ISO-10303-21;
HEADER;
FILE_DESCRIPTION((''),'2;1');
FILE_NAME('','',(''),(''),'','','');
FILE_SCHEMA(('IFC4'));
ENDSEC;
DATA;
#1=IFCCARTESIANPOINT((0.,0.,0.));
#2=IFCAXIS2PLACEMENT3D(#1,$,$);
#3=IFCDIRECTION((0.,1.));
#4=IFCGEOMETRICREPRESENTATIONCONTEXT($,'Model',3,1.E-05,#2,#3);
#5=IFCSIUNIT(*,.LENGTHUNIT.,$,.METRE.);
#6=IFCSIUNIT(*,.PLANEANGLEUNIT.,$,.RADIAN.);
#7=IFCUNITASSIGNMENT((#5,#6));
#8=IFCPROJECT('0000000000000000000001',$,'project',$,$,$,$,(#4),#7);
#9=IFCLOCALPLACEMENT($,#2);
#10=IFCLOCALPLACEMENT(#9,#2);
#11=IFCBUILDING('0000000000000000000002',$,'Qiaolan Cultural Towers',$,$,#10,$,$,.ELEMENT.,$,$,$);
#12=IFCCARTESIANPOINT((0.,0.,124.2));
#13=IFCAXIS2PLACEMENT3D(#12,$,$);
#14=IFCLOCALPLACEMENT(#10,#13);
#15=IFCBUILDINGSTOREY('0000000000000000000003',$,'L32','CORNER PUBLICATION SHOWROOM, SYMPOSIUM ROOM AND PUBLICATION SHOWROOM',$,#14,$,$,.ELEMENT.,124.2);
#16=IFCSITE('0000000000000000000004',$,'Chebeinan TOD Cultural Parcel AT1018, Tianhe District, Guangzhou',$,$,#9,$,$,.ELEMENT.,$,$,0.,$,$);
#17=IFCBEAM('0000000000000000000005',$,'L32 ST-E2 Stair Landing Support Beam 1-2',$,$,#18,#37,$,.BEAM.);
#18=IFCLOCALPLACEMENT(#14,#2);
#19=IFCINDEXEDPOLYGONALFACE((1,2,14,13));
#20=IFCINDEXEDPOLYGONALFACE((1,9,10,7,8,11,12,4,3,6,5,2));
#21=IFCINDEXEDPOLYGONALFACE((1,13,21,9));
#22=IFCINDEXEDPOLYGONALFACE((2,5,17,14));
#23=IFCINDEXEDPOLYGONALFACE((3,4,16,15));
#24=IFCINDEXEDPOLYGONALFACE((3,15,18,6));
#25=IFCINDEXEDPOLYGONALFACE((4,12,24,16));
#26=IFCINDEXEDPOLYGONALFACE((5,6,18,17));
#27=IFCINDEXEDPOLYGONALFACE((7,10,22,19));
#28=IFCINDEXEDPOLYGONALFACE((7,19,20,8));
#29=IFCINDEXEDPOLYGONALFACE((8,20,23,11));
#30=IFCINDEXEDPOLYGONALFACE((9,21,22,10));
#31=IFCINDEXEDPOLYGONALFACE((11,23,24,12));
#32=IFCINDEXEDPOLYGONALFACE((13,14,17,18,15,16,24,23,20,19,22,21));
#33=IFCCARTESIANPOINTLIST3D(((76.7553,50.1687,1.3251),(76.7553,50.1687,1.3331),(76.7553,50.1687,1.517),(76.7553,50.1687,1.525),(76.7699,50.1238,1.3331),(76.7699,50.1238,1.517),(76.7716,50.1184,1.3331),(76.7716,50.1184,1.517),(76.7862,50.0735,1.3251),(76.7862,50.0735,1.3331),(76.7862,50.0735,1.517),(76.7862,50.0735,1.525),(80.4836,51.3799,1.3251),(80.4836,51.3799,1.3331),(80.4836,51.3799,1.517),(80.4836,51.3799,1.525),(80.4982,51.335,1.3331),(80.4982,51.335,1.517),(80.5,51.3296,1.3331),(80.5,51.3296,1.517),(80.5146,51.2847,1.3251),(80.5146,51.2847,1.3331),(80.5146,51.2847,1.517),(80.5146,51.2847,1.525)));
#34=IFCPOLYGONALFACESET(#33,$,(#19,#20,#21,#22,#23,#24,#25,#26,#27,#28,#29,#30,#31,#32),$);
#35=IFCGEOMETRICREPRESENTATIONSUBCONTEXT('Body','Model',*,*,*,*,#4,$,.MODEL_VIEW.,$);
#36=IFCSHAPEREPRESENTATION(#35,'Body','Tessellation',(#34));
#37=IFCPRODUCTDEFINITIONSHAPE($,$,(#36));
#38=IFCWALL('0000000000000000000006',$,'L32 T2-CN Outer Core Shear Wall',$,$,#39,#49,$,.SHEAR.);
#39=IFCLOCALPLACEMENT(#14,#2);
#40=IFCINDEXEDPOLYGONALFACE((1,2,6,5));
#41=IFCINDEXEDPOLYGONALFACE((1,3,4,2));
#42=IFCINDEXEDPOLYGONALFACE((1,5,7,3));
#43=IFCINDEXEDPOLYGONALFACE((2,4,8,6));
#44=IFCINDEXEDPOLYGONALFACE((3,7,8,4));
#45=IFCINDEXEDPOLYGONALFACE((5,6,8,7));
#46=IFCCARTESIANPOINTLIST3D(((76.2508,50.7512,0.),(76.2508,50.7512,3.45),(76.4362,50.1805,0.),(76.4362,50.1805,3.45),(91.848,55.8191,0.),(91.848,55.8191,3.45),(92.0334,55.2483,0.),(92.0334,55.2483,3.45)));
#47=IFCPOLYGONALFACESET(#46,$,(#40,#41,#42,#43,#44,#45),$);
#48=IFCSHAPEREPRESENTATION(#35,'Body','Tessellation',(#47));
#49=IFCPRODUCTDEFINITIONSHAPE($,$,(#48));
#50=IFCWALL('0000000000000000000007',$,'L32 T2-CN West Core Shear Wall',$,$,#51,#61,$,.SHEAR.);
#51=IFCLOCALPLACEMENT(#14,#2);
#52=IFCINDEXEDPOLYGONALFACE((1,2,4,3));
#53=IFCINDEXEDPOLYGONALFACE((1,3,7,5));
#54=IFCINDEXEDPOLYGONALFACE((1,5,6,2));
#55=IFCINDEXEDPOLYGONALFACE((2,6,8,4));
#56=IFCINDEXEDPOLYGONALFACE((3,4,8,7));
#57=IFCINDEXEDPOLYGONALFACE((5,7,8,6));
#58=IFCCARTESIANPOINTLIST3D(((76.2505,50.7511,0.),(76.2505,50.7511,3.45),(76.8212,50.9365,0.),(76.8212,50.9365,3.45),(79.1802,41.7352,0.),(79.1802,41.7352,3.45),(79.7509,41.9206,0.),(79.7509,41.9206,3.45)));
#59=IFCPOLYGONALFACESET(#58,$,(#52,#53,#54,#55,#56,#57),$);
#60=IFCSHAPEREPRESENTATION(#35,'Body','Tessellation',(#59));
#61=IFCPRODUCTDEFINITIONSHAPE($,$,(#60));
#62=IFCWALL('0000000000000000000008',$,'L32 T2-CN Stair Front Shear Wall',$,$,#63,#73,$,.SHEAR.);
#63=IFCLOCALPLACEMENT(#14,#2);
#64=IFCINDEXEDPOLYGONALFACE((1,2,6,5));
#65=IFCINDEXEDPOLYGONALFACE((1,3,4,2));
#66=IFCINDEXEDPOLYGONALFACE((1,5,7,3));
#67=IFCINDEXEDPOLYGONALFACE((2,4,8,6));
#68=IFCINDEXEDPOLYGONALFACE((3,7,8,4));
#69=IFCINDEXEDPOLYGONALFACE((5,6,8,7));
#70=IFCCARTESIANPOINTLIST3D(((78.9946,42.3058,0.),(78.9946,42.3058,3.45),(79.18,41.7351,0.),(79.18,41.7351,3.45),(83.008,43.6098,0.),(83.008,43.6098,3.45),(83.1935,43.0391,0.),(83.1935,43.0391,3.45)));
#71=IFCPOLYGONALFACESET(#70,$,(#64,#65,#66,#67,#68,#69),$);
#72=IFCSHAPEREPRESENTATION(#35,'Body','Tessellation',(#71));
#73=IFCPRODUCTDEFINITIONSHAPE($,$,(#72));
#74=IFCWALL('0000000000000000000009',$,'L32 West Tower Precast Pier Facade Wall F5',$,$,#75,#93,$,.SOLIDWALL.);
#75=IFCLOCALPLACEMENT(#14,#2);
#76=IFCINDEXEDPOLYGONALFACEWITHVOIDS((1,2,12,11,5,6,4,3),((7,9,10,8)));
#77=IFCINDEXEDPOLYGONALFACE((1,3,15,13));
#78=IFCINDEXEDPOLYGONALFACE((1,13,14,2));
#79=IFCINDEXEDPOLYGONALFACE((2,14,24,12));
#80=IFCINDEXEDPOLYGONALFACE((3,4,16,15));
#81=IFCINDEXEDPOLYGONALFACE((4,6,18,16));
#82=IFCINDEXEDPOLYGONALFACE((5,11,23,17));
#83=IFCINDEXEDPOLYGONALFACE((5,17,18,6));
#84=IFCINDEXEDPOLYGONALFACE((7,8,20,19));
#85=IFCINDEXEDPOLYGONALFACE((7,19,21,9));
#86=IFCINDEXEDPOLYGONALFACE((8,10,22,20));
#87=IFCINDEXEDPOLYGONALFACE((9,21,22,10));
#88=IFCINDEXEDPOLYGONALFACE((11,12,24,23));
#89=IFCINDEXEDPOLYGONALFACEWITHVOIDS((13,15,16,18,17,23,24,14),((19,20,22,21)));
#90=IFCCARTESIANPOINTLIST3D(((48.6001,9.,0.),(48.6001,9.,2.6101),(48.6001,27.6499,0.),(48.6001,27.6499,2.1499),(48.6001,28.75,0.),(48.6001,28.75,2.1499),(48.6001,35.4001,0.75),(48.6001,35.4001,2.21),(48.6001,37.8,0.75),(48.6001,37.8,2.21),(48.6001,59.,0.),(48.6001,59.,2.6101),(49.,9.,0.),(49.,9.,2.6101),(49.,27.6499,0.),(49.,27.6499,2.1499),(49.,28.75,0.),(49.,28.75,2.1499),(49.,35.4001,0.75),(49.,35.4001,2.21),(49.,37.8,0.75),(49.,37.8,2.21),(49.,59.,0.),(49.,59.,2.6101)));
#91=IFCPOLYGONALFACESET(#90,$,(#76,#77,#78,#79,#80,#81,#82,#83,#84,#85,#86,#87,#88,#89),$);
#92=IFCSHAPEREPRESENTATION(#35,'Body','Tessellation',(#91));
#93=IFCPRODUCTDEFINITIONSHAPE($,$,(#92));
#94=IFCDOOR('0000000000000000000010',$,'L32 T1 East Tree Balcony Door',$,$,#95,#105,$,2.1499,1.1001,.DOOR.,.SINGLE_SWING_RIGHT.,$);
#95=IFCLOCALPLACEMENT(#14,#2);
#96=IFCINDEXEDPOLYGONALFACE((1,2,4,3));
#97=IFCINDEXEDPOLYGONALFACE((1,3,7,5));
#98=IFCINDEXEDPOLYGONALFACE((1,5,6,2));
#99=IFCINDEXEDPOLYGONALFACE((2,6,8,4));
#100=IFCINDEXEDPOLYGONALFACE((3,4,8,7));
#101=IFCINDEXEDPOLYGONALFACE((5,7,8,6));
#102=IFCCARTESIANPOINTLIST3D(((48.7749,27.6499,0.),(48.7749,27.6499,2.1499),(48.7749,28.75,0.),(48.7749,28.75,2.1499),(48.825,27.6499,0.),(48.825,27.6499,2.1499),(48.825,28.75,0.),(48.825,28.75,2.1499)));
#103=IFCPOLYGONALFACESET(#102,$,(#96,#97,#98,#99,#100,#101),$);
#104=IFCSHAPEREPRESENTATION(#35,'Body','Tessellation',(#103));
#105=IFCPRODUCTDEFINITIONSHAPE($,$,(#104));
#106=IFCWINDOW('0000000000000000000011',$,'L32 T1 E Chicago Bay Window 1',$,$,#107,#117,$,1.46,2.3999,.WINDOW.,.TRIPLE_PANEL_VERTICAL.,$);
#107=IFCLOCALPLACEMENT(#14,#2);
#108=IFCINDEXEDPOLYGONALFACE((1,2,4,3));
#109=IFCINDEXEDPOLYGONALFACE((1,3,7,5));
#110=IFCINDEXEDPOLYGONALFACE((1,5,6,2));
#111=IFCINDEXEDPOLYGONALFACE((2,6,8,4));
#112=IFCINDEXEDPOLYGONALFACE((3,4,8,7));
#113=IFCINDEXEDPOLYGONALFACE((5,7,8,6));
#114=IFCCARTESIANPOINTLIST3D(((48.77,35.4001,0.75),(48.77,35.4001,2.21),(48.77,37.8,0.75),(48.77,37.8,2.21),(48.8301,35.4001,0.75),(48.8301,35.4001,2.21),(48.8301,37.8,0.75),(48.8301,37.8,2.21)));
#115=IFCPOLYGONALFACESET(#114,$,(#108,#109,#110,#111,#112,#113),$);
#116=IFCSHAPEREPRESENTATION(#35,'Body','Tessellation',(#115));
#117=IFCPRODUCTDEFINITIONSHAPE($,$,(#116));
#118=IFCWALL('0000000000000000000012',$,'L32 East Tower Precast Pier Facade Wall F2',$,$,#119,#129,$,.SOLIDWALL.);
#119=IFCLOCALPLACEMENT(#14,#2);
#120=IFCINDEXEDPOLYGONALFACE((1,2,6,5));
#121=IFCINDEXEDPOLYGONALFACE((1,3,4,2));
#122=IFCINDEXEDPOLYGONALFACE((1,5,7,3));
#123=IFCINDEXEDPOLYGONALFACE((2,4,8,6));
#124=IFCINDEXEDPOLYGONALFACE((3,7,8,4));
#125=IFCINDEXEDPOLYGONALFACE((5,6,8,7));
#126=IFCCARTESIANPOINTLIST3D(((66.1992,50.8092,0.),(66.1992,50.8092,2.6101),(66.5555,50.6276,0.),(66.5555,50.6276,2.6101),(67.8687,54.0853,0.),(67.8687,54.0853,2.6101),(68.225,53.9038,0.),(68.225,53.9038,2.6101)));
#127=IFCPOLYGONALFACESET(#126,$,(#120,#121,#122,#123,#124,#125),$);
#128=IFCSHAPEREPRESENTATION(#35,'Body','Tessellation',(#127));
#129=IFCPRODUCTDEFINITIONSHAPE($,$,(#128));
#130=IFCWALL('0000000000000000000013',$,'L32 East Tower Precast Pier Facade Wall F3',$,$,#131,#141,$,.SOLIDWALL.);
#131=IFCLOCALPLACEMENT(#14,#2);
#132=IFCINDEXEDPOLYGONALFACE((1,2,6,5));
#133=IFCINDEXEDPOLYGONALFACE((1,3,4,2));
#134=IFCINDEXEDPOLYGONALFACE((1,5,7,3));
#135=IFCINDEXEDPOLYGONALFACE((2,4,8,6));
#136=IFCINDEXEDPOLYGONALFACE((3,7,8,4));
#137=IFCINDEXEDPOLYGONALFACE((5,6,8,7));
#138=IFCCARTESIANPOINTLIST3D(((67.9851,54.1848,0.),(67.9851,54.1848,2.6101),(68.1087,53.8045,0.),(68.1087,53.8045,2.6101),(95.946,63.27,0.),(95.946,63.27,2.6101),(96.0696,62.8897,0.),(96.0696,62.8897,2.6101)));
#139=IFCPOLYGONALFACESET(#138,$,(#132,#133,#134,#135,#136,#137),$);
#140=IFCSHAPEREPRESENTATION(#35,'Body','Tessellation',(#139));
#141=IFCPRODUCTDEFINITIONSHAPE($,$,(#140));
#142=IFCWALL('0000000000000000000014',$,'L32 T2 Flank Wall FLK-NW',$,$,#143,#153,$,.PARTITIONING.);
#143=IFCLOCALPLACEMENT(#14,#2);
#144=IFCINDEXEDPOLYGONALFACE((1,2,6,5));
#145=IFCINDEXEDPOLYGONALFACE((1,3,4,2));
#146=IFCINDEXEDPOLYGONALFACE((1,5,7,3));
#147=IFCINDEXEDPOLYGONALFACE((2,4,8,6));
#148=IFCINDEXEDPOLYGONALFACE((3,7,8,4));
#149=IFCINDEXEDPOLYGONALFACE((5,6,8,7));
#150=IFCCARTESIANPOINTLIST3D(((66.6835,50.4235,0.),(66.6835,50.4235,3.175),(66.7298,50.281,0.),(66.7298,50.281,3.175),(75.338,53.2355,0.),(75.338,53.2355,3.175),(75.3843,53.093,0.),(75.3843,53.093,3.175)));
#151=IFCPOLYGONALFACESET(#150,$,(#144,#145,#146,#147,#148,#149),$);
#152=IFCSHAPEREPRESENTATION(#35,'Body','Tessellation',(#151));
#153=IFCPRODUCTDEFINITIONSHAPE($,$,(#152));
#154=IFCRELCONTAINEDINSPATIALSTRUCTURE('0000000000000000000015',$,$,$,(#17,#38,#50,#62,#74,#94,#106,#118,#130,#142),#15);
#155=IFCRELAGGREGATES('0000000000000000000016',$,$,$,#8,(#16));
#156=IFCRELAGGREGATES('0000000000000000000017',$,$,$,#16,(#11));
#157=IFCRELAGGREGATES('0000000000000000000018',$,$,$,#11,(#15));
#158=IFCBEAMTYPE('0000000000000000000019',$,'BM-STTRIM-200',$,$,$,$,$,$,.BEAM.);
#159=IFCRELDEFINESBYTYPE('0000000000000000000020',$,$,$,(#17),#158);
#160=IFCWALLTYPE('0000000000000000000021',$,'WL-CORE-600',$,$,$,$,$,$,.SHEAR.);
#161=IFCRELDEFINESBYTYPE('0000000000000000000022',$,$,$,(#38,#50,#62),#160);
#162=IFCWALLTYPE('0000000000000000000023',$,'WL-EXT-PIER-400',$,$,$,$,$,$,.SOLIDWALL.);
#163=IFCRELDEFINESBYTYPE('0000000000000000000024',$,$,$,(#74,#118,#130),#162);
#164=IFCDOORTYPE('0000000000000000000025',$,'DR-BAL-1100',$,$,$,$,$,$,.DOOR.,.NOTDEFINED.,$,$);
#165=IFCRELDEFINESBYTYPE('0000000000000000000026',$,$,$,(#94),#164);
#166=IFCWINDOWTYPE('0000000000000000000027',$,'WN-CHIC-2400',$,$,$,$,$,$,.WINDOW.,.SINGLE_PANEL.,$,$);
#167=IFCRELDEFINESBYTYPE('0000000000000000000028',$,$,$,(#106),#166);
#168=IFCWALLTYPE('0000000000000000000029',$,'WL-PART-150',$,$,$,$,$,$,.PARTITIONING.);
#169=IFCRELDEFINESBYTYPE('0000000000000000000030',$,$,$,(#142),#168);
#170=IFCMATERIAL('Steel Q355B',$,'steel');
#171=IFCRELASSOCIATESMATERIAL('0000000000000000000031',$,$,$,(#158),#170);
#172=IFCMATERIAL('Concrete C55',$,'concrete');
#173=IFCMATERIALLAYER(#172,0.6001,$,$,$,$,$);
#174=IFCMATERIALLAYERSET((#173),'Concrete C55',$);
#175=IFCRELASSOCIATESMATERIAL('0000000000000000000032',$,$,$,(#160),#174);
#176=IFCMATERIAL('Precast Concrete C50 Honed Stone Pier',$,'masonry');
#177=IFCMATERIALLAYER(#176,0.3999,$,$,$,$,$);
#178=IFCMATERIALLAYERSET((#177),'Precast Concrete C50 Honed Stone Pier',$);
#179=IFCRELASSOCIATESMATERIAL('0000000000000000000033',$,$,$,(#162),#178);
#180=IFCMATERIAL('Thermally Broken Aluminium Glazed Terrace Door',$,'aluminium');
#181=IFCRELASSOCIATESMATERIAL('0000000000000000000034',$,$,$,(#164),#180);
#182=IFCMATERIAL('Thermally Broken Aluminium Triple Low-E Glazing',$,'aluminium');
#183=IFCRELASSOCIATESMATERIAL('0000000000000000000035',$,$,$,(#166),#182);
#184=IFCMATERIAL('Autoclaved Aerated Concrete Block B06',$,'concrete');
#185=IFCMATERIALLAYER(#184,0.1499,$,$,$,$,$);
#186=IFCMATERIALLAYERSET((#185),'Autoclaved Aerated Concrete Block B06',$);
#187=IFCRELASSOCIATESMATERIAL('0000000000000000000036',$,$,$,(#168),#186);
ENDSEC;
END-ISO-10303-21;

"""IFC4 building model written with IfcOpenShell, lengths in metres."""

from ifc_helpers import new_model, si_unit, direction, frame, frame_2d, origin, origin_2d, place, context, subcontext, project, spatial, rectangle, i_section, extrude, material, layer, layer_set, material_profile, profile_set, type_object, element, fill, save


model = new_model("IFC4")

# Units and contexts
model_context = context("Model", 3, precision=1e-05, world=origin(), true_north=direction((0.0, 1.0)))
body_context = subcontext(model_context, "Body", "Model", "MODEL_VIEW")
ifc_project = project(units=[si_unit("LENGTHUNIT", "METRE"), si_unit("PLANEANGLEUNIT", "RADIAN")], contexts=[model_context])

# Site, building, storey
site_placement = place(None, origin())
site = spatial("IfcSite", under=ifc_project, at=site_placement, Name="Chebeinan TOD Cultural Parcel AT1018, Tianhe District, Guangzhou", CompositionType="ELEMENT", RefElevation=0.0)
building_placement = place(site_placement, origin())
building = spatial("IfcBuilding", under=site, at=building_placement, Name="Qiaolan Cultural Towers", CompositionType="ELEMENT")
storey_placement = place(building_placement, frame((0.0, 0.0, 124.2)))
storey = spatial("IfcBuildingStorey", under=building, at=storey_placement, Name="L32", Description="CORNER PUBLICATION SHOWROOM, SYMPOSIUM ROOM AND PUBLICATION SHOWROOM", CompositionType="ELEMENT", Elevation=124.2)

# Beam
ifc_material_1 = material(Name="Steel Q355B", Category="steel")
ifc_material_profile_1 = material_profile(ifc_material_1, i_section(OverallWidth=0.1001, OverallDepth=0.2, WebThickness=0.0056, FlangeThickness=0.0081, at=origin_2d()), Name="HN200x100x5.5x8")
ifc_profile_set_1 = profile_set([ifc_material_profile_1], Name="Steel Q355B")
beam_type_1 = type_object("IfcBeamType", Name="BM-STTRIM-200", PredefinedType="BEAM", material=ifc_profile_set_1)
for number, where, z_axis, x_axis, name in (
    (1, (76.7708, 50.1211, 1.425), (0.951072, 0.308969, 0.0), (-0.308969, 0.951072, 0.0), "L32 ST-E2 Stair Landing Support Beam 1-2"),
):
    element("IfcBeam", number, at=place(storey_placement, frame(where, z_axis=z_axis, x_axis=x_axis)), inside=storey, type_object=beam_type_1, Name=name, PredefinedType="BEAM", context=body_context, shape_type="SweptSolid", body=[
        extrude(i_section(OverallWidth=0.1001, OverallDepth=0.2, WebThickness=0.0056, FlangeThickness=0.0081, at=origin_2d()), origin(), (0.0, 0.0, 1.0), 3.9202),
    ])

# Walls
ifc_material_2 = material(Name="Concrete C55", Category="concrete")
ifc_layer_1 = layer(ifc_material_2, 0.6001)
ifc_layer_set_1 = layer_set([ifc_layer_1], Name="Concrete C55")
wall_type_1 = type_object("IfcWallType", Name="WL-CORE-600", PredefinedType="SHEAR", material=ifc_layer_set_1)
wall_1_placement = place(storey_placement, frame((76.3435, 50.4658, 0.0), z_axis=(0.0, 0.0, 1.0), x_axis=(0.951056, 0.309019, 0.0)))
element("IfcWall", 2, at=wall_1_placement, inside=storey, type_object=wall_type_1, Name="L32 T2-CN Outer Core Shear Wall", PredefinedType="SHEAR", context=body_context, shape_type="SweptSolid", body=[
    extrude(rectangle(XDim=16.3999, YDim=0.6001, at=frame_2d((8.2, 0.0))), origin(), (0.0, 0.0, 1.0), 3.45),
])
wall_2_placement = place(storey_placement, frame((79.4656, 41.8279, 0.0), z_axis=(0.0, 0.0, 1.0), x_axis=(-0.309041, 0.951049, 0.0)))
element("IfcWall", 3, at=wall_2_placement, inside=storey, type_object=wall_type_1, Name="L32 T2-CN West Core Shear Wall", PredefinedType="SHEAR", context=body_context, shape_type="SweptSolid", body=[
    extrude(rectangle(XDim=9.48, YDim=0.6001, at=frame_2d((4.74, 0.0))), origin(), (0.0, 0.0, 1.0), 3.45),
])
wall_3_placement = place(storey_placement, frame((79.0874, 42.0205, 0.0), z_axis=(0.0, 0.0, 1.0), x_axis=(0.951063, 0.308998, 0.0)))
element("IfcWall", 4, at=wall_3_placement, inside=storey, type_object=wall_type_1, Name="L32 T2-CN Stair Front Shear Wall", PredefinedType="SHEAR", context=body_context, shape_type="SweptSolid", body=[
    extrude(rectangle(XDim=4.22, YDim=0.6001, at=frame_2d((2.1099, 0.0))), origin(), (0.0, 0.0, 1.0), 3.45),
])

# Wall, openings, door, window
ifc_material_3 = material(Name="Precast Concrete C50 Honed Stone Pier", Category="masonry")
ifc_layer_2 = layer(ifc_material_3, 0.3999)
ifc_layer_set_2 = layer_set([ifc_layer_2], Name="Precast Concrete C50 Honed Stone Pier")
wall_type_2 = type_object("IfcWallType", Name="WL-EXT-PIER-400", PredefinedType="SOLIDWALL", material=ifc_layer_set_2)
wall_4_placement = place(storey_placement, frame((48.8, 59.0, 0.0), z_axis=(0.0, 0.0, 1.0), x_axis=(0.0, -1.0, 0.0)))
wall_4 = element("IfcWall", 5, at=wall_4_placement, inside=storey, type_object=wall_type_2, Name="L32 West Tower Precast Pier Facade Wall F5", PredefinedType="SOLIDWALL", context=body_context, shape_type="SweptSolid", body=[
    extrude(rectangle(XDim=50.0, YDim=0.3999, at=frame_2d((25.0, 0.0))), origin(), (0.0, 0.0, 1.0), 2.6101),
])
opening_1_placement = place(wall_4_placement, frame((21.2, 0.0, 0.75)))
opening_1 = element("IfcOpeningElement", 6, at=opening_1_placement, cuts=wall_4, PredefinedType="OPENING", context=body_context, shape_type="SweptSolid", body=[
    extrude(rectangle(XDim=2.3999, YDim=1.46, at=frame_2d((1.2, 0.73))), frame((0.0, 0.21, 0.0), z_axis=(0.0, -1.0, 0.0), x_axis=(1.0, 0.0, 0.0)), (0.0, 0.0, 1.0), 0.4199),
])
opening_2_placement = place(wall_4_placement, frame((30.25, 0.0, 0.0)))
opening_2 = element("IfcOpeningElement", 7, at=opening_2_placement, cuts=wall_4, PredefinedType="OPENING", context=body_context, shape_type="SweptSolid", body=[
    extrude(rectangle(XDim=1.1001, YDim=2.1499, at=frame_2d((0.55, 1.075))), frame((0.0, 0.21, 0.0), z_axis=(0.0, -1.0, 0.0), x_axis=(1.0, 0.0, 0.0)), (0.0, 0.0, 1.0), 0.4199),
])
ifc_material_4 = material(Name="Thermally Broken Aluminium Glazed Terrace Door", Category="aluminium")
door_type = type_object("IfcDoorType", Name="DR-BAL-1100", OperationType="NOTDEFINED", PredefinedType="DOOR", material=ifc_material_4)
door_placement = place(opening_2_placement, origin())
door = element("IfcDoor", 8, at=door_placement, inside=storey, type_object=door_type, Name="L32 T1 East Tree Balcony Door", OperationType="SINGLE_SWING_RIGHT", OverallHeight=2.1499, OverallWidth=1.1001, PredefinedType="DOOR", context=body_context, shape_type="SweptSolid", body=[
    extrude(rectangle(XDim=1.1001, YDim=2.1499, at=frame_2d((0.55, 1.075))), frame((0.0, 0.0249, 0.0), z_axis=(0.0, -1.0, 0.0), x_axis=(1.0, 0.0, 0.0)), (0.0, 0.0, 1.0), 0.05),
])
fill(opening_2, door)
ifc_material_5 = material(Name="Thermally Broken Aluminium Triple Low-E Glazing", Category="aluminium")
window_type = type_object("IfcWindowType", Name="WN-CHIC-2400", PartitioningType="SINGLE_PANEL", PredefinedType="WINDOW", material=ifc_material_5)
window_placement = place(opening_1_placement, origin())
window = element("IfcWindow", 9, at=window_placement, inside=storey, type_object=window_type, Name="L32 T1 E Chicago Bay Window 1", OverallHeight=1.46, OverallWidth=2.3999, PartitioningType="TRIPLE_PANEL_VERTICAL", PredefinedType="WINDOW", context=body_context, shape_type="SweptSolid", body=[
    extrude(rectangle(XDim=2.3999, YDim=1.46, at=frame_2d((1.2, 0.73))), frame((0.0, 0.03, 0.0), z_axis=(0.0, -1.0, 0.0), x_axis=(1.0, 0.0, 0.0)), (0.0, 0.0, 1.0), 0.0601),
])
fill(opening_1, window)

# Walls
wall_5_placement = place(storey_placement, frame((66.3774, 50.7185, 0.0), z_axis=(0.0, 0.0, 1.0), x_axis=(0.454026, 0.890988, 0.0)))
element("IfcWall", 10, at=wall_5_placement, inside=storey, type_object=wall_type_2, Name="L32 East Tower Precast Pier Facade Wall F2", PredefinedType="SOLIDWALL", context=body_context, shape_type="SweptSolid", body=[
    extrude(rectangle(XDim=3.677, YDim=0.3999, at=frame_2d((1.8384, 0.0))), origin(), (0.0, 0.0, 1.0), 2.6101),
])
wall_6_placement = place(storey_placement, frame((68.0469, 53.9946, 0.0), z_axis=(0.0, 0.0, 1.0), x_axis=(0.951055, 0.309021, 0.0)))
element("IfcWall", 11, at=wall_6_placement, inside=storey, type_object=wall_type_2, Name="L32 East Tower Precast Pier Facade Wall F3", PredefinedType="SOLIDWALL", context=body_context, shape_type="SweptSolid", body=[
    extrude(rectangle(XDim=29.3999, YDim=0.3999, at=frame_2d((14.7, 0.0))), origin(), (0.0, 0.0, 1.0), 2.6101),
])
ifc_material_6 = material(Name="Autoclaved Aerated Concrete Block B06", Category="concrete")
ifc_layer_3 = layer(ifc_material_6, 0.1499)
ifc_layer_set_3 = layer_set([ifc_layer_3], Name="Autoclaved Aerated Concrete Block B06")
wall_type_3 = type_object("IfcWallType", Name="WL-PART-150", PredefinedType="PARTITIONING", material=ifc_layer_set_3)
wall_7_placement = place(storey_placement, frame((66.7068, 50.3523, 0.0), z_axis=(0.0, 0.0, 1.0), x_axis=(0.951057, 0.309015, 0.0)))
element("IfcWall", 12, at=wall_7_placement, inside=storey, type_object=wall_type_3, Name="L32 T2 Flank Wall FLK-NW", PredefinedType="PARTITIONING", context=body_context, shape_type="SweptSolid", body=[
    extrude(rectangle(XDim=9.0999, YDim=0.1499, at=frame_2d((4.5498, 0.0))), origin(), (0.0, 0.0, 1.0), 3.175),
])

save(model, "model.ifc")
